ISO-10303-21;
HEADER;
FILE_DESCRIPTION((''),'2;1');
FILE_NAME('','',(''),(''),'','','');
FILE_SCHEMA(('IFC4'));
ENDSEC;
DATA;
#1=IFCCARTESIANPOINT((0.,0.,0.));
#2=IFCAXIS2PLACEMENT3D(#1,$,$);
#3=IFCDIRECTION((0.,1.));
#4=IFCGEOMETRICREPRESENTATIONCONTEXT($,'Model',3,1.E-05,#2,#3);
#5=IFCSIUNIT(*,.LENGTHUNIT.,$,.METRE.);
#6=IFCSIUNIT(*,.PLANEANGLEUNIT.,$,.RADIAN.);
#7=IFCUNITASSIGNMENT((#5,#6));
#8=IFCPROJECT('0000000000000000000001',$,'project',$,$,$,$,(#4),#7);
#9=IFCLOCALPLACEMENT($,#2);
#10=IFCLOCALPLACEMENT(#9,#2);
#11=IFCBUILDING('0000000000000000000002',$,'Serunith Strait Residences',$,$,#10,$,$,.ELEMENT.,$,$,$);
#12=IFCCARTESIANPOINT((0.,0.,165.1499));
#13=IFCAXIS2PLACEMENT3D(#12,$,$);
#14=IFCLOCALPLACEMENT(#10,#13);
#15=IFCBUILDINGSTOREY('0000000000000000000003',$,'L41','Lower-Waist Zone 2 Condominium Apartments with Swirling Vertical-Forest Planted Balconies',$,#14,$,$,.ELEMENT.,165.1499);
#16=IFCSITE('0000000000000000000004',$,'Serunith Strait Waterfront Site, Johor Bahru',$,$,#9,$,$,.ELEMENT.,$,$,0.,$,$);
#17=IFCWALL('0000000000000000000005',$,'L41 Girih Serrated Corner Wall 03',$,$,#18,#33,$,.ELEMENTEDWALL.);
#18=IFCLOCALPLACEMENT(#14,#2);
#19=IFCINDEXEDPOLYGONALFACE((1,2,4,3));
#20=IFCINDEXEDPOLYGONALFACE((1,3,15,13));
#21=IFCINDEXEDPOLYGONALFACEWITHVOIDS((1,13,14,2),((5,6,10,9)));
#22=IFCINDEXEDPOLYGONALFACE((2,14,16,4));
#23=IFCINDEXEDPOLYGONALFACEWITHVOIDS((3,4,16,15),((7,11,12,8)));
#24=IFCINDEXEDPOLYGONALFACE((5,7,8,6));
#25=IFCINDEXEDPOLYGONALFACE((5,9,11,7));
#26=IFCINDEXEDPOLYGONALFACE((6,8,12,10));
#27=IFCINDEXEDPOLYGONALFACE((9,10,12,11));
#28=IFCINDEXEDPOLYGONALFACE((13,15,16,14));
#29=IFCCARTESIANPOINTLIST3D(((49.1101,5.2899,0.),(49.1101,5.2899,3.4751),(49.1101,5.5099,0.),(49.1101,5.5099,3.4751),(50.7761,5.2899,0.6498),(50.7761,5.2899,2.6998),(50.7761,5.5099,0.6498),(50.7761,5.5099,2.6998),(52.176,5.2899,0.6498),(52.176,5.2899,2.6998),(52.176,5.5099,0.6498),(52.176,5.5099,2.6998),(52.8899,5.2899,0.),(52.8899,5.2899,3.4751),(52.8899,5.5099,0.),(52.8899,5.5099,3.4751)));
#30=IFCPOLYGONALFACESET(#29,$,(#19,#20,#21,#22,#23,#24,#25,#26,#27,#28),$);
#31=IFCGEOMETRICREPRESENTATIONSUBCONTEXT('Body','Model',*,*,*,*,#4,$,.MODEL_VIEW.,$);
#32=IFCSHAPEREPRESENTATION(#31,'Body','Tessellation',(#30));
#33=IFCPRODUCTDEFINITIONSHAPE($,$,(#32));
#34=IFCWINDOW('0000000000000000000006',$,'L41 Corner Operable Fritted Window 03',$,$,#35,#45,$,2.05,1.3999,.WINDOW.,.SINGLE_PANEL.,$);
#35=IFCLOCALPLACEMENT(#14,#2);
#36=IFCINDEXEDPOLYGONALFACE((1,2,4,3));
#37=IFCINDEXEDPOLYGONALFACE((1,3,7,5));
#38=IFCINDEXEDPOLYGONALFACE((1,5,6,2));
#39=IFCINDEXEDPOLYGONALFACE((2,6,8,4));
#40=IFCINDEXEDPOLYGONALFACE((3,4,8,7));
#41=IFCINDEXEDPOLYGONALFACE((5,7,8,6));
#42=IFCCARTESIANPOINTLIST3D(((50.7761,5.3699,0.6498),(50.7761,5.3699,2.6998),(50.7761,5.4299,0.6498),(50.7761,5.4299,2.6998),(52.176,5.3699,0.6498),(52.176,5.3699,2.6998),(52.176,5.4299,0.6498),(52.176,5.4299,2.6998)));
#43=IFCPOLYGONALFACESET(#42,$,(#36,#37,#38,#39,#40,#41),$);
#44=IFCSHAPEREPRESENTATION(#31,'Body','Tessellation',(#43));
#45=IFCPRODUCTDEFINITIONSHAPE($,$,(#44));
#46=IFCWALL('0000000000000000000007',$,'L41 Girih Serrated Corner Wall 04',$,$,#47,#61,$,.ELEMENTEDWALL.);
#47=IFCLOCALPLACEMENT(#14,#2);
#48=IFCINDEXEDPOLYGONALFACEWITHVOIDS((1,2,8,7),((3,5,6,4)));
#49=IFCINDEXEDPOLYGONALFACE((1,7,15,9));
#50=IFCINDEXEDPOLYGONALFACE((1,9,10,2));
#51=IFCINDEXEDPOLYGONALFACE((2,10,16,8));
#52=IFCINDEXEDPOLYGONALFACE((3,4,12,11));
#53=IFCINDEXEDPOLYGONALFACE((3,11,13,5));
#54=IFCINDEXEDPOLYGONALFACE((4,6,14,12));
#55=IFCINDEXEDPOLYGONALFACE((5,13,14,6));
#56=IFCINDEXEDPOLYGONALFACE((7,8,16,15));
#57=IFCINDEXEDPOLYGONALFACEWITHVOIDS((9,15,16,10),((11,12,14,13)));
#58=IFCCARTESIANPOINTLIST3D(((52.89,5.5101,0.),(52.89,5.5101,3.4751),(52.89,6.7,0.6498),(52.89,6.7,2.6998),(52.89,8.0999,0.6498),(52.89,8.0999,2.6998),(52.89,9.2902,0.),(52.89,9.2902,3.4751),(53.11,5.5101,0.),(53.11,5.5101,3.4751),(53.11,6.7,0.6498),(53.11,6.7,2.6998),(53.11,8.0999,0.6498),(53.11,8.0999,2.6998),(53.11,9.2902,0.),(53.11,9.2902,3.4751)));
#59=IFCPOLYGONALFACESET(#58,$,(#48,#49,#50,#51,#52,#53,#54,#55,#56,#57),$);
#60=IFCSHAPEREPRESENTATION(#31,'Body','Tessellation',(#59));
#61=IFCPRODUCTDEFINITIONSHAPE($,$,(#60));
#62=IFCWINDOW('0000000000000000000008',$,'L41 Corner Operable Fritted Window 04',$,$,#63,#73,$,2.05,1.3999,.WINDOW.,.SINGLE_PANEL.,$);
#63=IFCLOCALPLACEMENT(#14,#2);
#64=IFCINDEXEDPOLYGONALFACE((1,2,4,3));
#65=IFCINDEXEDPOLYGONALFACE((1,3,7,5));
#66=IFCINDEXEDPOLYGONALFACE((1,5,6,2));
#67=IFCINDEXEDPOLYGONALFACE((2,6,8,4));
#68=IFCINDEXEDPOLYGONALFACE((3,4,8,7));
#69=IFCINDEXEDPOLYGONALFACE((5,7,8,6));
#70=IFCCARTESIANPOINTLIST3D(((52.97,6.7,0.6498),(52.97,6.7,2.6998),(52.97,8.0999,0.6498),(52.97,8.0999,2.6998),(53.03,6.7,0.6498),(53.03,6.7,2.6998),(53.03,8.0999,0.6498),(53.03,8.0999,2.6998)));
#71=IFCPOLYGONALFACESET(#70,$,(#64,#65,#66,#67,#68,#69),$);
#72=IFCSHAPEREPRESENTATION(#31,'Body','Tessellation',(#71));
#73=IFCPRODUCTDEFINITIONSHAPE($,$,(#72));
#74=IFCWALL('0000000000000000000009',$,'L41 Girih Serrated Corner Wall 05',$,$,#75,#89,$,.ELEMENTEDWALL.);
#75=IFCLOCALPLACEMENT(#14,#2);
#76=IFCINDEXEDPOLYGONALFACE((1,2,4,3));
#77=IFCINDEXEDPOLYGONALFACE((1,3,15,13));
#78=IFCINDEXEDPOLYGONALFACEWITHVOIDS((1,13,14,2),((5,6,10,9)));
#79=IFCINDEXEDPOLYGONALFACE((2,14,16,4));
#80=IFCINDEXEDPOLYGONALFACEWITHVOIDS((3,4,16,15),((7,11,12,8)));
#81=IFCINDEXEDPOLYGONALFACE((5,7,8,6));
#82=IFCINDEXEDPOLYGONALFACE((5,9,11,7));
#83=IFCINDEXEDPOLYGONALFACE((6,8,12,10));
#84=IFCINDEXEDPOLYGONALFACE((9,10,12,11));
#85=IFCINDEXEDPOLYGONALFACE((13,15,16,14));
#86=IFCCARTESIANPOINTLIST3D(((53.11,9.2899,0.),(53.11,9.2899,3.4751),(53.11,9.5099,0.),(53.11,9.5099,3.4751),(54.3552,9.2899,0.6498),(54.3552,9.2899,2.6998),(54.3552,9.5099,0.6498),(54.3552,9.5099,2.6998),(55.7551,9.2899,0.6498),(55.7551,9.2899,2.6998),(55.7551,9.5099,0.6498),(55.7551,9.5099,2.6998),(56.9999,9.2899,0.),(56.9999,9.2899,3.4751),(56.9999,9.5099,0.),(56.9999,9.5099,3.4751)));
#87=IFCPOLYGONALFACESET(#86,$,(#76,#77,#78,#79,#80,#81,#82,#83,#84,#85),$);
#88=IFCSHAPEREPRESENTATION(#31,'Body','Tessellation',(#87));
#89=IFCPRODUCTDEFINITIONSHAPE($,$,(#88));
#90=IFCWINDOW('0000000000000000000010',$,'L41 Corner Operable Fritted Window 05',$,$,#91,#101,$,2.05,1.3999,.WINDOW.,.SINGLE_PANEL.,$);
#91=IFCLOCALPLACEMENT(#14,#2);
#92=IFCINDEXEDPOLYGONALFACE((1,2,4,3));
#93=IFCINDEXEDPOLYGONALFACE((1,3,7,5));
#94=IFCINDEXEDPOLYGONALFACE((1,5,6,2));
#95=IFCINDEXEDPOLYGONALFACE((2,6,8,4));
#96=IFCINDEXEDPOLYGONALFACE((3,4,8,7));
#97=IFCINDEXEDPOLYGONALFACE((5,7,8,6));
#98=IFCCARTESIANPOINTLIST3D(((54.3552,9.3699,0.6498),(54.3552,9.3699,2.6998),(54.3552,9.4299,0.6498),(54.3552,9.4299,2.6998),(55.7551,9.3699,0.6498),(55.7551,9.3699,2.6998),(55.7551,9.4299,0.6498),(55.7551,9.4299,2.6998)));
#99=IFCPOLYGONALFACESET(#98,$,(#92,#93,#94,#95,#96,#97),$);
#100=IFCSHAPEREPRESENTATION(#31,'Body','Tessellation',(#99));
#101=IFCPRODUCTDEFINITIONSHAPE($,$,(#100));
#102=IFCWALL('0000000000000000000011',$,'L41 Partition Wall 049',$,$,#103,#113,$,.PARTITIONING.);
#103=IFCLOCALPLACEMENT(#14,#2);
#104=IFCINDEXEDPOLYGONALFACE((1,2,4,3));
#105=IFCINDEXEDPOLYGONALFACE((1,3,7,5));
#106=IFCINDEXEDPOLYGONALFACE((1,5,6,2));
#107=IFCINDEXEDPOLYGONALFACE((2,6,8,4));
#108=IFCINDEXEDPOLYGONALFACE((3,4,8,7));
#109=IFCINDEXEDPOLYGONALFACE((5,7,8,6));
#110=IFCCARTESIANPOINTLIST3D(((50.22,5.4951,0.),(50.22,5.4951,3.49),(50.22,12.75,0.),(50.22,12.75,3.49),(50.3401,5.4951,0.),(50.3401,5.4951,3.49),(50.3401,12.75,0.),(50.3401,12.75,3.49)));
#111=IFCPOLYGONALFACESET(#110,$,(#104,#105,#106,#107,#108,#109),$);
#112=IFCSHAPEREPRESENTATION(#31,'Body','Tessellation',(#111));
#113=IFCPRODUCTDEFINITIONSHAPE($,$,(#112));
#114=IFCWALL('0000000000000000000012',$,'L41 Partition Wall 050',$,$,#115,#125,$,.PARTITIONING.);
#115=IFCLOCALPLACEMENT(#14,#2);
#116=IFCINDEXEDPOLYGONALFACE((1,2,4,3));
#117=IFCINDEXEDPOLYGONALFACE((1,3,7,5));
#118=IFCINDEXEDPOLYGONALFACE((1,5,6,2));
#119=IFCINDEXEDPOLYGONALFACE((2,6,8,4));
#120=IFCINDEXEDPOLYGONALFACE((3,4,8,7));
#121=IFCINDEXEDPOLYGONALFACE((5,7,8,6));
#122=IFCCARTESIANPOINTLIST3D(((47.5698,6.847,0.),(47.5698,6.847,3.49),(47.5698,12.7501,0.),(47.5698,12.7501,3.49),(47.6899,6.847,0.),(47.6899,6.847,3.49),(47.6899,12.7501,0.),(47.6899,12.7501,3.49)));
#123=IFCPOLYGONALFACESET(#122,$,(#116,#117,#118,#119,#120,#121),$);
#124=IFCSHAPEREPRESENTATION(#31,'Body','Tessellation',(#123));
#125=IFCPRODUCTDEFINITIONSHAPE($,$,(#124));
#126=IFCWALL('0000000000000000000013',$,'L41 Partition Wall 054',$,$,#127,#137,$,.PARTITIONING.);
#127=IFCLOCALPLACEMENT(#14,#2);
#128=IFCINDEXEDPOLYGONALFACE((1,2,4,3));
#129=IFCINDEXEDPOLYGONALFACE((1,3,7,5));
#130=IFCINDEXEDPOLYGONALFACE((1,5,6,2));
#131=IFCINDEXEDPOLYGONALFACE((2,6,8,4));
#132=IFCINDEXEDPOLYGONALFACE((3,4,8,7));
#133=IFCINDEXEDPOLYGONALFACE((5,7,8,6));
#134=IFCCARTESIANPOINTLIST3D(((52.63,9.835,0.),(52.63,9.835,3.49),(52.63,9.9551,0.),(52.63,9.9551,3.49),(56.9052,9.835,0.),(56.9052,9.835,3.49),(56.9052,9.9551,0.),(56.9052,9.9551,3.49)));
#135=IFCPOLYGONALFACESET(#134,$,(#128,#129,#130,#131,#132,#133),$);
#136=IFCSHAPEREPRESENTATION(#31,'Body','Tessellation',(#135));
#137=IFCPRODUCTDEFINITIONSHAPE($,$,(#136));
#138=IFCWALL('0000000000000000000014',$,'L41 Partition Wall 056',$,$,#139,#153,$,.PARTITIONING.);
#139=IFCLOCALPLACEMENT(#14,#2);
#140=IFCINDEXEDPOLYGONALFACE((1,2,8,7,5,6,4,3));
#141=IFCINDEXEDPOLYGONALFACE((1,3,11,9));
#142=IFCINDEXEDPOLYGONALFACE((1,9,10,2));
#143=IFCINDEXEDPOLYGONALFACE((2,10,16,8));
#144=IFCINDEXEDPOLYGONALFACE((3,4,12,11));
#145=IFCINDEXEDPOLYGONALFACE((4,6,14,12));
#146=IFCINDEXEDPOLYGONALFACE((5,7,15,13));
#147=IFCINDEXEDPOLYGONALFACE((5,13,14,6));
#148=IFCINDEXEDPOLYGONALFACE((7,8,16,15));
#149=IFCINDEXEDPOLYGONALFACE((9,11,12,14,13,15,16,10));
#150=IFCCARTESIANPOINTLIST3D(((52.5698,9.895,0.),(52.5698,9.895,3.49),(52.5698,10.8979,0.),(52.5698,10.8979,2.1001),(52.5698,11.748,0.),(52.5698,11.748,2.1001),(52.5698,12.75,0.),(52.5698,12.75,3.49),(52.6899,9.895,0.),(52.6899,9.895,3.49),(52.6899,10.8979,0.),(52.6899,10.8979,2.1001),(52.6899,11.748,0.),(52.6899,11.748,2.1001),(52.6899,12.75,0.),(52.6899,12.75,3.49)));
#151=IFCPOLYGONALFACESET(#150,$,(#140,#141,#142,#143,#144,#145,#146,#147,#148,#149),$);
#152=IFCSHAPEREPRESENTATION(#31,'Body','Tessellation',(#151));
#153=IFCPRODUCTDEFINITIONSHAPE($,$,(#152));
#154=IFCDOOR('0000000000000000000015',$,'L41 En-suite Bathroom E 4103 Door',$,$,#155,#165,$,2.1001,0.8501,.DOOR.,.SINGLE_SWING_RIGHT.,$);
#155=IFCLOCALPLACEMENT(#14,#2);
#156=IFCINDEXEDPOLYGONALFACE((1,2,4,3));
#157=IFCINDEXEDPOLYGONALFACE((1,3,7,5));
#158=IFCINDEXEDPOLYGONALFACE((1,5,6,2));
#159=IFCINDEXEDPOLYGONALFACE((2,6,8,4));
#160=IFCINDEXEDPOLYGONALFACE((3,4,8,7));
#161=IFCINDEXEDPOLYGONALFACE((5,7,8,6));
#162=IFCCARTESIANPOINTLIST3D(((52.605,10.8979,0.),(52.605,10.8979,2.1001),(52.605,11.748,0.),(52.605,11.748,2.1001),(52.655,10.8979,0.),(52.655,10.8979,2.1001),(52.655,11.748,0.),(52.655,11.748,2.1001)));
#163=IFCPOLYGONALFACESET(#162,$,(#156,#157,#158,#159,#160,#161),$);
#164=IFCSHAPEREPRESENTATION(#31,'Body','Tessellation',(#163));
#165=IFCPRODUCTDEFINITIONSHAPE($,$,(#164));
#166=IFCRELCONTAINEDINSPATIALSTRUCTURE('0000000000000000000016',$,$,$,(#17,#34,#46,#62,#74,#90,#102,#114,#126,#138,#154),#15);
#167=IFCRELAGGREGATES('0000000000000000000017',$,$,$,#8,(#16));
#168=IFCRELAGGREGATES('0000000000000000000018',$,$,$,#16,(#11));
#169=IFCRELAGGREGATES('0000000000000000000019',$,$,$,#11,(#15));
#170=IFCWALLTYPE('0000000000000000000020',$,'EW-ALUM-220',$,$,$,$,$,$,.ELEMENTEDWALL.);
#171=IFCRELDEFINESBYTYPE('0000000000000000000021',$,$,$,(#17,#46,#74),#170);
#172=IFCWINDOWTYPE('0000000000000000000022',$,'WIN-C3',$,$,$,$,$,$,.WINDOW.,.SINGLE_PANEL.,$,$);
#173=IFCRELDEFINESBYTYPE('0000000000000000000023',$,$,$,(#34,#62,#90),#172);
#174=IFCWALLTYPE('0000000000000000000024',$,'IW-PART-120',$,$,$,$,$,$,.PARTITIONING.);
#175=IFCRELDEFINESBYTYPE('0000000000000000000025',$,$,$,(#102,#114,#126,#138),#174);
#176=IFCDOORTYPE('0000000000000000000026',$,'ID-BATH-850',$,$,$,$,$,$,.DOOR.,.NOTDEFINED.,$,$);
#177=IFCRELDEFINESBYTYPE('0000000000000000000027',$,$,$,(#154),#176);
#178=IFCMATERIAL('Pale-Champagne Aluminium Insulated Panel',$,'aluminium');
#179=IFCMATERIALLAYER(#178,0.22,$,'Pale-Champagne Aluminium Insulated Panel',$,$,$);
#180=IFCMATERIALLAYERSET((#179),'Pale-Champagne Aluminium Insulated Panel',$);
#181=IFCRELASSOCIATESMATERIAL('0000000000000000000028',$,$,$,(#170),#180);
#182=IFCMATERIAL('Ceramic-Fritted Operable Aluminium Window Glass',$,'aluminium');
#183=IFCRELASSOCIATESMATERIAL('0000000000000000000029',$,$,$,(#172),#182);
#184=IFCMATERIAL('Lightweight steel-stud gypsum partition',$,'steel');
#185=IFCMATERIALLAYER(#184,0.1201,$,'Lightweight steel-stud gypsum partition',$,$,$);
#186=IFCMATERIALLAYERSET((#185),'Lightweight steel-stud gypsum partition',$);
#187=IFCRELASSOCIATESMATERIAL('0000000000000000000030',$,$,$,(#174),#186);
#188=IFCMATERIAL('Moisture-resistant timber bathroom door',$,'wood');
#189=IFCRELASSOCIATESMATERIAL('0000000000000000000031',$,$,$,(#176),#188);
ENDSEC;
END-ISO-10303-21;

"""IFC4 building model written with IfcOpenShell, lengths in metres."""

from ifc_helpers import new_model, si_unit, direction, frame, frame_2d, origin, place, context, subcontext, project, spatial, rectangle, extrude, source, transform, mapped, material, layer, layer_set, type_object, element, fill, save


model = new_model("IFC4")

# Units and contexts
model_context = context("Model", 3, precision=1e-05, world=origin(), true_north=direction((0.0, 1.0)))
body_context = subcontext(model_context, "Body", "Model", "MODEL_VIEW")
ifc_project = project(units=[si_unit("LENGTHUNIT", "METRE"), si_unit("PLANEANGLEUNIT", "RADIAN")], contexts=[model_context])

# Site, building, storey
site_placement = place(None, origin())
site = spatial("IfcSite", under=ifc_project, at=site_placement, Name="Serunith Strait Waterfront Site, Johor Bahru", CompositionType="ELEMENT", RefElevation=0.0)
building_placement = place(site_placement, origin())
building = spatial("IfcBuilding", under=site, at=building_placement, Name="Serunith Strait Residences", CompositionType="ELEMENT")
storey_placement = place(building_placement, frame((0.0, 0.0, 165.1499)))
storey = spatial("IfcBuildingStorey", under=building, at=storey_placement, Name="L41", Description="Lower-Waist Zone 2 Condominium Apartments with Swirling Vertical-Forest Planted Balconies", CompositionType="ELEMENT", Elevation=165.1499)

# Walls, openings, windows
ifc_material_1 = material(Name="Pale-Champagne Aluminium Insulated Panel", Category="aluminium")
ifc_layer_1 = layer(ifc_material_1, 0.22, Name="Pale-Champagne Aluminium Insulated Panel")
ifc_layer_set_1 = layer_set([ifc_layer_1], Name="Pale-Champagne Aluminium Insulated Panel")
wall_type_1 = type_object("IfcWallType", Name="EW-ALUM-220", PredefinedType="ELEMENTEDWALL", material=ifc_layer_set_1)
ifc_material_2 = material(Name="Ceramic-Fritted Operable Aluminium Window Glass", Category="aluminium")
window_type = type_object("IfcWindowType", Name="WIN-C3", PartitioningType="SINGLE_PANEL", PredefinedType="WINDOW", material=ifc_material_2)
shared_shape_1 = source(origin(), body_context, "Body", "SweptSolid", [
    extrude(rectangle(XDim=1.3999, YDim=2.05, at=frame_2d((0.7, 1.0249))), frame((0.0, 0.03, 0.0), z_axis=(0.0, -1.0, 0.0), x_axis=(1.0, 0.0, 0.0)), (0.0, 0.0, 1.0), 0.0601),
])
wall_1_placement = place(storey_placement, frame((49.1101, 5.3999, 0.0), z_axis=(0.0, 0.0, 1.0), x_axis=(1.0, 0.0, 0.0)))
wall_1 = element("IfcWall", 1, at=wall_1_placement, inside=storey, type_object=wall_type_1, Name="L41 Girih Serrated Corner Wall 03", PredefinedType="ELEMENTEDWALL", context=body_context, shape_type="SweptSolid", body=[
    extrude(rectangle(XDim=3.7798, YDim=0.22, at=frame_2d((1.8899, 0.0))), origin(), (0.0, 0.0, 1.0), 3.4751),
])
opening_1_placement = place(wall_1_placement, frame((1.666, 0.0, 0.6499)))
opening_1 = element("IfcOpeningElement", 2, at=opening_1_placement, cuts=wall_1, PredefinedType="OPENING", context=body_context, shape_type="SweptSolid", body=[
    extrude(rectangle(XDim=1.3999, YDim=2.05, at=frame_2d((0.7, 1.0249))), frame((0.0, 0.1201, 0.0), z_axis=(0.0, -1.0, 0.0), x_axis=(1.0, 0.0, 0.0)), (0.0, 0.0, 1.0), 0.24),
])
window_1_placement = place(opening_1_placement, origin())
window_1 = element("IfcWindow", 3, at=window_1_placement, inside=storey, type_object=window_type, Name="L41 Corner Operable Fritted Window 03", OverallHeight=2.05, OverallWidth=1.3999, PartitioningType="SINGLE_PANEL", PredefinedType="WINDOW", context=body_context, shape_type="MappedRepresentation", body=[
    mapped(shared_shape_1, transform((0.0, 0.0, 0.0), scale=1.0)),
])
fill(opening_1, window_1)
wall_2_placement = place(storey_placement, frame((53.0, 5.51, 0.0), z_axis=(0.0, 0.0, 1.0), x_axis=(0.0, 1.0, 0.0)))
wall_2 = element("IfcWall", 4, at=wall_2_placement, inside=storey, type_object=wall_type_1, Name="L41 Girih Serrated Corner Wall 04", PredefinedType="ELEMENTEDWALL", context=body_context, shape_type="SweptSolid", body=[
    extrude(rectangle(XDim=3.78, YDim=0.22, at=frame_2d((1.8901, 0.0))), origin(), (0.0, 0.0, 1.0), 3.4751),
])
opening_2_placement = place(wall_2_placement, frame((1.1899, 0.0, 0.6499)))
opening_2 = element("IfcOpeningElement", 5, at=opening_2_placement, cuts=wall_2, PredefinedType="OPENING", context=body_context, shape_type="SweptSolid", body=[
    extrude(rectangle(XDim=1.3999, YDim=2.05, at=frame_2d((0.7, 1.0249))), frame((0.0, 0.1201, 0.0), z_axis=(0.0, -1.0, 0.0), x_axis=(1.0, 0.0, 0.0)), (0.0, 0.0, 1.0), 0.24),
])
window_2_placement = place(opening_2_placement, origin())
window_2 = element("IfcWindow", 6, at=window_2_placement, inside=storey, type_object=window_type, Name="L41 Corner Operable Fritted Window 04", OverallHeight=2.05, OverallWidth=1.3999, PartitioningType="SINGLE_PANEL", PredefinedType="WINDOW", context=body_context, shape_type="MappedRepresentation", body=[
    mapped(shared_shape_1, transform((0.0, 0.0, 0.0), scale=1.0)),
])
fill(opening_2, window_2)
wall_3_placement = place(storey_placement, frame((53.1101, 9.3999, 0.0), z_axis=(0.0, 0.0, 1.0), x_axis=(1.0, 0.0, 0.0)))
wall_3 = element("IfcWall", 7, at=wall_3_placement, inside=storey, type_object=wall_type_1, Name="L41 Girih Serrated Corner Wall 05", PredefinedType="ELEMENTEDWALL", context=body_context, shape_type="SweptSolid", body=[
    extrude(rectangle(XDim=3.8899, YDim=0.22, at=frame_2d((1.9448, 0.0))), origin(), (0.0, 0.0, 1.0), 3.4751),
])
opening_3_placement = place(wall_3_placement, frame((1.2451, 0.0, 0.6499)))
opening_3 = element("IfcOpeningElement", 8, at=opening_3_placement, cuts=wall_3, PredefinedType="OPENING", context=body_context, shape_type="SweptSolid", body=[
    extrude(rectangle(XDim=1.3999, YDim=2.05, at=frame_2d((0.7, 1.0249))), frame((0.0, 0.1201, 0.0), z_axis=(0.0, -1.0, 0.0), x_axis=(1.0, 0.0, 0.0)), (0.0, 0.0, 1.0), 0.24),
])
window_3_placement = place(opening_3_placement, origin())
window_3 = element("IfcWindow", 9, at=window_3_placement, inside=storey, type_object=window_type, Name="L41 Corner Operable Fritted Window 05", OverallHeight=2.05, OverallWidth=1.3999, PartitioningType="SINGLE_PANEL", PredefinedType="WINDOW", context=body_context, shape_type="MappedRepresentation", body=[
    mapped(shared_shape_1, transform((0.0, 0.0, 0.0), scale=1.0)),
])
fill(opening_3, window_3)

# Walls
ifc_material_3 = material(Name="Lightweight steel-stud gypsum partition", Category="steel")
ifc_layer_2 = layer(ifc_material_3, 0.1201, Name="Lightweight steel-stud gypsum partition")
ifc_layer_set_2 = layer_set([ifc_layer_2], Name="Lightweight steel-stud gypsum partition")
wall_type_2 = type_object("IfcWallType", Name="IW-PART-120", PredefinedType="PARTITIONING", material=ifc_layer_set_2)
wall_4_placement = place(storey_placement, frame((50.28, 5.4951, 0.0), z_axis=(0.0, 0.0, 1.0), x_axis=(0.0, 1.0, 0.0)))
element("IfcWall", 10, at=wall_4_placement, inside=storey, type_object=wall_type_2, Name="L41 Partition Wall 049", PredefinedType="PARTITIONING", context=body_context, shape_type="SweptSolid", body=[
    extrude(rectangle(XDim=7.2549, YDim=0.1201, at=frame_2d((3.6274, 0.0))), origin(), (0.0, 0.0, 1.0), 3.49),
])
wall_5_placement = place(storey_placement, frame((47.6299, 6.8469, 0.0), z_axis=(0.0, 0.0, 1.0), x_axis=(0.0, 1.0, 0.0)))
element("IfcWall", 11, at=wall_5_placement, inside=storey, type_object=wall_type_2, Name="L41 Partition Wall 050", PredefinedType="PARTITIONING", context=body_context, shape_type="SweptSolid", body=[
    extrude(rectangle(XDim=5.9031, YDim=0.1201, at=frame_2d((2.9517, 0.0))), origin(), (0.0, 0.0, 1.0), 3.49),
])
wall_6_placement = place(storey_placement, frame((52.6299, 9.895, 0.0), z_axis=(0.0, 0.0, 1.0), x_axis=(1.0, 0.0, 0.0)))
element("IfcWall", 12, at=wall_6_placement, inside=storey, type_object=wall_type_2, Name="L41 Partition Wall 054", PredefinedType="PARTITIONING", context=body_context, shape_type="SweptSolid", body=[
    extrude(rectangle(XDim=4.2751, YDim=0.1201, at=frame_2d((2.1377, 0.0))), origin(), (0.0, 0.0, 1.0), 3.49),
])

# Wall, opening, door
wall_7_placement = place(storey_placement, frame((52.6299, 9.895, 0.0), z_axis=(0.0, 0.0, 1.0), x_axis=(0.0, 1.0, 0.0)))
wall_7 = element("IfcWall", 13, at=wall_7_placement, inside=storey, type_object=wall_type_2, Name="L41 Partition Wall 056", PredefinedType="PARTITIONING", context=body_context, shape_type="SweptSolid", body=[
    extrude(rectangle(XDim=2.855, YDim=0.1201, at=frame_2d((1.4275, 0.0))), origin(), (0.0, 0.0, 1.0), 3.49),
])
opening_4_placement = place(wall_7_placement, frame((1.0029, 0.0, 0.0)))
opening_4 = element("IfcOpeningElement", 14, at=opening_4_placement, cuts=wall_7, PredefinedType="OPENING", context=body_context, shape_type="SweptSolid", body=[
    extrude(rectangle(XDim=0.8501, YDim=2.1001, at=frame_2d((0.425, 1.05))), frame((0.0, 0.0701, 0.0), z_axis=(0.0, -1.0, 0.0), x_axis=(1.0, 0.0, 0.0)), (0.0, 0.0, 1.0), 0.1401),
])
ifc_material_4 = material(Name="Moisture-resistant timber bathroom door", Category="wood")
door_type = type_object("IfcDoorType", Name="ID-BATH-850", OperationType="NOTDEFINED", PredefinedType="DOOR", material=ifc_material_4)
shared_shape_2 = source(origin(), body_context, "Body", "SweptSolid", [
    extrude(rectangle(XDim=0.8501, YDim=2.1001, at=frame_2d((0.425, 1.05))), frame((0.0, 0.0249, 0.0), z_axis=(0.0, -1.0, 0.0), x_axis=(1.0, 0.0, 0.0)), (0.0, 0.0, 1.0), 0.05),
])
door_placement = place(opening_4_placement, origin())
door = element("IfcDoor", 15, at=door_placement, inside=storey, type_object=door_type, Name="L41 En-suite Bathroom E 4103 Door", OperationType="SINGLE_SWING_RIGHT", OverallHeight=2.1001, OverallWidth=0.8501, PredefinedType="DOOR", context=body_context, shape_type="MappedRepresentation", body=[
    mapped(shared_shape_2, transform((0.0, 0.0, 0.0), scale=1.0)),
])
fill(opening_4, door)

save(model, "model.ifc")
